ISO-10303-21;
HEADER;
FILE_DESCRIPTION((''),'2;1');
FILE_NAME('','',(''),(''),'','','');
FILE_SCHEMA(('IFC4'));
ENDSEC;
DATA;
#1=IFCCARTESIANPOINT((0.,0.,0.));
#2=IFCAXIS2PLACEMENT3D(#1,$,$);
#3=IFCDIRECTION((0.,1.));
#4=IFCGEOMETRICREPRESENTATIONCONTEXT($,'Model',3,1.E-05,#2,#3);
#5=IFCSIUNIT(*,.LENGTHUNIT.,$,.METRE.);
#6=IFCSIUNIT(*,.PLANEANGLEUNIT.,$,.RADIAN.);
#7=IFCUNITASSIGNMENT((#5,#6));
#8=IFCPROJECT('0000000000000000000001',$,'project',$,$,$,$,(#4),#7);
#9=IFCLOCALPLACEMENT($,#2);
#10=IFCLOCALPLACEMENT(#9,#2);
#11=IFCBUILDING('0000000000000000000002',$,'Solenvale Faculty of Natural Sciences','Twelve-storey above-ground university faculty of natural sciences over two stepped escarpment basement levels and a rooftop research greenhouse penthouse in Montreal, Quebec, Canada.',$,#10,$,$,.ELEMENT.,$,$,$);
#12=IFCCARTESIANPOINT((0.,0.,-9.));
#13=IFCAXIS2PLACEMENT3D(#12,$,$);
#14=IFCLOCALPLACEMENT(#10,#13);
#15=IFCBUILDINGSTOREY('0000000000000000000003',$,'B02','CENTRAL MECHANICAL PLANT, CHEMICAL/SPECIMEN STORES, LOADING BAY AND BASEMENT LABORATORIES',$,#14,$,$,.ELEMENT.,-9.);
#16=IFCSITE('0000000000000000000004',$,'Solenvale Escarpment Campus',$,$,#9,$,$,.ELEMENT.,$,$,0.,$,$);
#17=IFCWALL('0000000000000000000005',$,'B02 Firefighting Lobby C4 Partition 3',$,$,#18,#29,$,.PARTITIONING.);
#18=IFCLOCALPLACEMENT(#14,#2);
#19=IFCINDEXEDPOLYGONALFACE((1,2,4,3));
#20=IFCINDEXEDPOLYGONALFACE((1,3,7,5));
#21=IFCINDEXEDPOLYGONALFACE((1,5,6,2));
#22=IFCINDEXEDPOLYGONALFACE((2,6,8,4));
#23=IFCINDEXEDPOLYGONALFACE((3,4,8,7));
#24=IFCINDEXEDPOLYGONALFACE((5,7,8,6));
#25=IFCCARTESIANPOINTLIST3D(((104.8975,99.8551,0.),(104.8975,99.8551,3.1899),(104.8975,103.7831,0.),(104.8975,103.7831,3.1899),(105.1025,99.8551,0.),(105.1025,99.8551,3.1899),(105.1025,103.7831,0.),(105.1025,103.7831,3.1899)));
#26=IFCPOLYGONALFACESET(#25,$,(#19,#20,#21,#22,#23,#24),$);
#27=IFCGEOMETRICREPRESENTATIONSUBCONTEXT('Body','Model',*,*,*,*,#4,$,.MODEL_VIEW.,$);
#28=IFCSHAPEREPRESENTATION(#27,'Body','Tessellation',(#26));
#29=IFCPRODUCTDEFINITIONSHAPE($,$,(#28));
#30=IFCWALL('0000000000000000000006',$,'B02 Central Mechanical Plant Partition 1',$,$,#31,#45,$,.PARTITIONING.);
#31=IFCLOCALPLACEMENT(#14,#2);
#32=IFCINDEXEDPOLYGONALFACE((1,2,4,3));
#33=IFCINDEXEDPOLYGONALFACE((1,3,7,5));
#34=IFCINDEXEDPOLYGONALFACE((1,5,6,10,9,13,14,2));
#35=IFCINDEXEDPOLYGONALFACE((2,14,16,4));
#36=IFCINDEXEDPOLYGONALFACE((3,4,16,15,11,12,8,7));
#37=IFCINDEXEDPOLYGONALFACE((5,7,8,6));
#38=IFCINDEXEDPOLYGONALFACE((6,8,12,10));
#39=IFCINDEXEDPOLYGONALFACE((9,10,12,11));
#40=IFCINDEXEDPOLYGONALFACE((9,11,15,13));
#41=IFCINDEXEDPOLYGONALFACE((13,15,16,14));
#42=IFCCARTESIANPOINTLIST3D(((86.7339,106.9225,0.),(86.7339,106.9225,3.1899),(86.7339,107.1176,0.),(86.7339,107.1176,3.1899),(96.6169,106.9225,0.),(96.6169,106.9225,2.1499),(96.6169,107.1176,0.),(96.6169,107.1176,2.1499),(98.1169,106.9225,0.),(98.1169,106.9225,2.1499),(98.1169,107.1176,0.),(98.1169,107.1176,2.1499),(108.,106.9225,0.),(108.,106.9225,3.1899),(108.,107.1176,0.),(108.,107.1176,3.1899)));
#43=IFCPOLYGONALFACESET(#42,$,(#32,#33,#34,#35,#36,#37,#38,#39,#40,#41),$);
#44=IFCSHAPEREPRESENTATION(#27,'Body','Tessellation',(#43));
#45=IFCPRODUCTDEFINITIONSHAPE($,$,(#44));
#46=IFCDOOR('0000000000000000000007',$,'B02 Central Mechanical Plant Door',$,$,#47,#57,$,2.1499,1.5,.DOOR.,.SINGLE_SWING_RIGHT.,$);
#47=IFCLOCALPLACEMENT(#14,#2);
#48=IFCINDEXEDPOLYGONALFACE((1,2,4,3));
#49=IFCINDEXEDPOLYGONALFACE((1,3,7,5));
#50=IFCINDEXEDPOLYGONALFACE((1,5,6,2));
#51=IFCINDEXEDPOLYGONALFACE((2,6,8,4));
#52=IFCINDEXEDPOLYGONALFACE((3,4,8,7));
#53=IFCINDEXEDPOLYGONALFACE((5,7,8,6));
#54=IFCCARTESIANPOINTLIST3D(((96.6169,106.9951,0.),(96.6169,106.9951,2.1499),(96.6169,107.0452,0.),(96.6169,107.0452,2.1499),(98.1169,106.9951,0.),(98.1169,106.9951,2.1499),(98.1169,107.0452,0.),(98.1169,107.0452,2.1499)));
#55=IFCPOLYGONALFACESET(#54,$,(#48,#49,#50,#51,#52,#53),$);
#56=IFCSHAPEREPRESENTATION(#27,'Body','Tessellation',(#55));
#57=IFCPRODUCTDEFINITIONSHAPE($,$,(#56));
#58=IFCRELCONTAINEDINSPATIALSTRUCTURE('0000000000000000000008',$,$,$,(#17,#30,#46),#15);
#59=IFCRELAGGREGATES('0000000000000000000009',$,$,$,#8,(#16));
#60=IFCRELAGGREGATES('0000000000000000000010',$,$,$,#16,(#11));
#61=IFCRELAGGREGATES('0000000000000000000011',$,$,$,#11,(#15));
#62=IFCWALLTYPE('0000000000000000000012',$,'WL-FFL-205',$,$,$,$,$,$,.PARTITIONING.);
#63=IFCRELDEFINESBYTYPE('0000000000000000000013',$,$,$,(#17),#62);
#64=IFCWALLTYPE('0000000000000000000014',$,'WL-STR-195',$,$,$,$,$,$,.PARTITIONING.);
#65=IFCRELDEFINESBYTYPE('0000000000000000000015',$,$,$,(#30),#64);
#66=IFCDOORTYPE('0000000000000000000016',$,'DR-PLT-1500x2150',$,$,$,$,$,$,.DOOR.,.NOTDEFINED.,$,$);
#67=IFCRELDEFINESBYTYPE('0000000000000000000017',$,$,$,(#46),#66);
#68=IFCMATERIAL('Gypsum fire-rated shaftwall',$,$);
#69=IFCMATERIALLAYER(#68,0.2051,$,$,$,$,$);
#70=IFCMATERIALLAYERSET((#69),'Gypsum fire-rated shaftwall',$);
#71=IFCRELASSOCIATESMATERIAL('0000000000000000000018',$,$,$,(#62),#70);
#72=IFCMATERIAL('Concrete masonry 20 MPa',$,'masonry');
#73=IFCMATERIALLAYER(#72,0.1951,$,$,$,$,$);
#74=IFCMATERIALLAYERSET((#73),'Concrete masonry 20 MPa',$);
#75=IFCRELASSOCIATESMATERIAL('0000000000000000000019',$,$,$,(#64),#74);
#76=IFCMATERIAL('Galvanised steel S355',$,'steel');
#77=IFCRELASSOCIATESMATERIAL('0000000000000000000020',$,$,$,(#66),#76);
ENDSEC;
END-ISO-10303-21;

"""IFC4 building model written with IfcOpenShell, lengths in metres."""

from ifc_helpers import new_model, si_unit, direction, frame, frame_2d, origin, place, context, subcontext, project, spatial, rectangle, extrude, material, layer, layer_set, type_object, element, fill, save


model = new_model("IFC4")

# Units and contexts
model_context = context("Model", 3, precision=1e-05, world=origin(), true_north=direction((0.0, 1.0)))
body_context = subcontext(model_context, "Body", "Model", "MODEL_VIEW")
ifc_project = project(units=[si_unit("LENGTHUNIT", "METRE"), si_unit("PLANEANGLEUNIT", "RADIAN")], contexts=[model_context])

# Site, building, storey
site_placement = place(None, origin())
site = spatial("IfcSite", under=ifc_project, at=site_placement, Name="Solenvale Escarpment Campus", CompositionType="ELEMENT", RefElevation=0.0)
building_placement = place(site_placement, origin())
building = spatial("IfcBuilding", under=site, at=building_placement, Name="Solenvale Faculty of Natural Sciences", Description="Twelve-storey above-ground university faculty of natural sciences over two stepped escarpment basement levels and a rooftop research greenhouse penthouse in Montreal, Quebec, Canada.", CompositionType="ELEMENT")
storey_placement = place(building_placement, frame((0.0, 0.0, -9.0)))
storey = spatial("IfcBuildingStorey", under=building, at=storey_placement, Name="B02", Description="CENTRAL MECHANICAL PLANT, CHEMICAL/SPECIMEN STORES, LOADING BAY AND BASEMENT LABORATORIES", CompositionType="ELEMENT", Elevation=-9.0)

# Shared definitions
ifc_material_1 = material(Name="Gypsum fire-rated shaftwall")
ifc_layer_1 = layer(ifc_material_1, 0.2051)
ifc_layer_set_1 = layer_set([ifc_layer_1], Name="Gypsum fire-rated shaftwall")
wall_type_1 = type_object("IfcWallType", Name="WL-FFL-205", PredefinedType="PARTITIONING", material=ifc_layer_set_1)
ifc_material_2 = material(Name="Galvanised steel S355", Category="steel")

# Wall
wall_1_placement = place(storey_placement, frame((105.0, 103.783, 0.0), z_axis=(0.0, 0.0, 1.0), x_axis=(0.0, -1.0, 0.0)))
element("IfcWall", 1, at=wall_1_placement, inside=storey, type_object=wall_type_1, Name="B02 Firefighting Lobby C4 Partition 3", PredefinedType="PARTITIONING", context=body_context, shape_type="SweptSolid", body=[
    extrude(rectangle(XDim=3.928, YDim=0.2051, at=frame_2d((1.9639, 0.0))), origin(), (0.0, 0.0, 1.0), 3.1899),
])

# Wall, opening, door
ifc_material_3 = material(Name="Concrete masonry 20 MPa", Category="masonry")
ifc_layer_2 = layer(ifc_material_3, 0.1951)
ifc_layer_set_2 = layer_set([ifc_layer_2], Name="Concrete masonry 20 MPa")
wall_type_2 = type_object("IfcWallType", Name="WL-STR-195", PredefinedType="PARTITIONING", material=ifc_layer_set_2)
wall_2_placement = place(storey_placement, frame((108.0, 107.02, 0.0), z_axis=(0.0, 0.0, 1.0), x_axis=(-1.0, 0.0, 0.0)))
wall_2 = element("IfcWall", 2, at=wall_2_placement, inside=storey, type_object=wall_type_2, Name="B02 Central Mechanical Plant Partition 1", PredefinedType="PARTITIONING", context=body_context, shape_type="SweptSolid", body=[
    extrude(rectangle(XDim=21.2661, YDim=0.1951, at=frame_2d((10.6331, 0.0))), origin(), (0.0, 0.0, 1.0), 3.1899),
])
opening_1_placement = place(wall_2_placement, frame((9.8831, 0.0, 0.0)))
opening_1 = element("IfcOpeningElement", 3, at=opening_1_placement, cuts=wall_2, PredefinedType="OPENING", context=body_context, shape_type="SweptSolid", body=[
    extrude(rectangle(XDim=1.5, YDim=2.1499, at=frame_2d((0.75, 1.075))), frame((0.0, 0.1074, 0.0), z_axis=(0.0, -1.0, 0.0), x_axis=(1.0, 0.0, 0.0)), (0.0, 0.0, 1.0), 0.2151),
])
door_type_1 = type_object("IfcDoorType", Name="DR-PLT-1500x2150", OperationType="NOTDEFINED", PredefinedType="DOOR", material=ifc_material_2)
door_1_placement = place(opening_1_placement, origin())
door_1 = element("IfcDoor", 4, at=door_1_placement, inside=storey, type_object=door_type_1, Name="B02 Central Mechanical Plant Door", OperationType="SINGLE_SWING_RIGHT", OverallHeight=2.1499, OverallWidth=1.5, PredefinedType="DOOR", context=body_context, shape_type="SweptSolid", body=[
    extrude(rectangle(XDim=1.5, YDim=2.1499, at=frame_2d((0.75, 1.075))), frame((0.0, 0.0249, 0.0), z_axis=(0.0, -1.0, 0.0), x_axis=(1.0, 0.0, 0.0)), (0.0, 0.0, 1.0), 0.05),
])
fill(opening_1, door_1)

save(model, "model.ifc")
